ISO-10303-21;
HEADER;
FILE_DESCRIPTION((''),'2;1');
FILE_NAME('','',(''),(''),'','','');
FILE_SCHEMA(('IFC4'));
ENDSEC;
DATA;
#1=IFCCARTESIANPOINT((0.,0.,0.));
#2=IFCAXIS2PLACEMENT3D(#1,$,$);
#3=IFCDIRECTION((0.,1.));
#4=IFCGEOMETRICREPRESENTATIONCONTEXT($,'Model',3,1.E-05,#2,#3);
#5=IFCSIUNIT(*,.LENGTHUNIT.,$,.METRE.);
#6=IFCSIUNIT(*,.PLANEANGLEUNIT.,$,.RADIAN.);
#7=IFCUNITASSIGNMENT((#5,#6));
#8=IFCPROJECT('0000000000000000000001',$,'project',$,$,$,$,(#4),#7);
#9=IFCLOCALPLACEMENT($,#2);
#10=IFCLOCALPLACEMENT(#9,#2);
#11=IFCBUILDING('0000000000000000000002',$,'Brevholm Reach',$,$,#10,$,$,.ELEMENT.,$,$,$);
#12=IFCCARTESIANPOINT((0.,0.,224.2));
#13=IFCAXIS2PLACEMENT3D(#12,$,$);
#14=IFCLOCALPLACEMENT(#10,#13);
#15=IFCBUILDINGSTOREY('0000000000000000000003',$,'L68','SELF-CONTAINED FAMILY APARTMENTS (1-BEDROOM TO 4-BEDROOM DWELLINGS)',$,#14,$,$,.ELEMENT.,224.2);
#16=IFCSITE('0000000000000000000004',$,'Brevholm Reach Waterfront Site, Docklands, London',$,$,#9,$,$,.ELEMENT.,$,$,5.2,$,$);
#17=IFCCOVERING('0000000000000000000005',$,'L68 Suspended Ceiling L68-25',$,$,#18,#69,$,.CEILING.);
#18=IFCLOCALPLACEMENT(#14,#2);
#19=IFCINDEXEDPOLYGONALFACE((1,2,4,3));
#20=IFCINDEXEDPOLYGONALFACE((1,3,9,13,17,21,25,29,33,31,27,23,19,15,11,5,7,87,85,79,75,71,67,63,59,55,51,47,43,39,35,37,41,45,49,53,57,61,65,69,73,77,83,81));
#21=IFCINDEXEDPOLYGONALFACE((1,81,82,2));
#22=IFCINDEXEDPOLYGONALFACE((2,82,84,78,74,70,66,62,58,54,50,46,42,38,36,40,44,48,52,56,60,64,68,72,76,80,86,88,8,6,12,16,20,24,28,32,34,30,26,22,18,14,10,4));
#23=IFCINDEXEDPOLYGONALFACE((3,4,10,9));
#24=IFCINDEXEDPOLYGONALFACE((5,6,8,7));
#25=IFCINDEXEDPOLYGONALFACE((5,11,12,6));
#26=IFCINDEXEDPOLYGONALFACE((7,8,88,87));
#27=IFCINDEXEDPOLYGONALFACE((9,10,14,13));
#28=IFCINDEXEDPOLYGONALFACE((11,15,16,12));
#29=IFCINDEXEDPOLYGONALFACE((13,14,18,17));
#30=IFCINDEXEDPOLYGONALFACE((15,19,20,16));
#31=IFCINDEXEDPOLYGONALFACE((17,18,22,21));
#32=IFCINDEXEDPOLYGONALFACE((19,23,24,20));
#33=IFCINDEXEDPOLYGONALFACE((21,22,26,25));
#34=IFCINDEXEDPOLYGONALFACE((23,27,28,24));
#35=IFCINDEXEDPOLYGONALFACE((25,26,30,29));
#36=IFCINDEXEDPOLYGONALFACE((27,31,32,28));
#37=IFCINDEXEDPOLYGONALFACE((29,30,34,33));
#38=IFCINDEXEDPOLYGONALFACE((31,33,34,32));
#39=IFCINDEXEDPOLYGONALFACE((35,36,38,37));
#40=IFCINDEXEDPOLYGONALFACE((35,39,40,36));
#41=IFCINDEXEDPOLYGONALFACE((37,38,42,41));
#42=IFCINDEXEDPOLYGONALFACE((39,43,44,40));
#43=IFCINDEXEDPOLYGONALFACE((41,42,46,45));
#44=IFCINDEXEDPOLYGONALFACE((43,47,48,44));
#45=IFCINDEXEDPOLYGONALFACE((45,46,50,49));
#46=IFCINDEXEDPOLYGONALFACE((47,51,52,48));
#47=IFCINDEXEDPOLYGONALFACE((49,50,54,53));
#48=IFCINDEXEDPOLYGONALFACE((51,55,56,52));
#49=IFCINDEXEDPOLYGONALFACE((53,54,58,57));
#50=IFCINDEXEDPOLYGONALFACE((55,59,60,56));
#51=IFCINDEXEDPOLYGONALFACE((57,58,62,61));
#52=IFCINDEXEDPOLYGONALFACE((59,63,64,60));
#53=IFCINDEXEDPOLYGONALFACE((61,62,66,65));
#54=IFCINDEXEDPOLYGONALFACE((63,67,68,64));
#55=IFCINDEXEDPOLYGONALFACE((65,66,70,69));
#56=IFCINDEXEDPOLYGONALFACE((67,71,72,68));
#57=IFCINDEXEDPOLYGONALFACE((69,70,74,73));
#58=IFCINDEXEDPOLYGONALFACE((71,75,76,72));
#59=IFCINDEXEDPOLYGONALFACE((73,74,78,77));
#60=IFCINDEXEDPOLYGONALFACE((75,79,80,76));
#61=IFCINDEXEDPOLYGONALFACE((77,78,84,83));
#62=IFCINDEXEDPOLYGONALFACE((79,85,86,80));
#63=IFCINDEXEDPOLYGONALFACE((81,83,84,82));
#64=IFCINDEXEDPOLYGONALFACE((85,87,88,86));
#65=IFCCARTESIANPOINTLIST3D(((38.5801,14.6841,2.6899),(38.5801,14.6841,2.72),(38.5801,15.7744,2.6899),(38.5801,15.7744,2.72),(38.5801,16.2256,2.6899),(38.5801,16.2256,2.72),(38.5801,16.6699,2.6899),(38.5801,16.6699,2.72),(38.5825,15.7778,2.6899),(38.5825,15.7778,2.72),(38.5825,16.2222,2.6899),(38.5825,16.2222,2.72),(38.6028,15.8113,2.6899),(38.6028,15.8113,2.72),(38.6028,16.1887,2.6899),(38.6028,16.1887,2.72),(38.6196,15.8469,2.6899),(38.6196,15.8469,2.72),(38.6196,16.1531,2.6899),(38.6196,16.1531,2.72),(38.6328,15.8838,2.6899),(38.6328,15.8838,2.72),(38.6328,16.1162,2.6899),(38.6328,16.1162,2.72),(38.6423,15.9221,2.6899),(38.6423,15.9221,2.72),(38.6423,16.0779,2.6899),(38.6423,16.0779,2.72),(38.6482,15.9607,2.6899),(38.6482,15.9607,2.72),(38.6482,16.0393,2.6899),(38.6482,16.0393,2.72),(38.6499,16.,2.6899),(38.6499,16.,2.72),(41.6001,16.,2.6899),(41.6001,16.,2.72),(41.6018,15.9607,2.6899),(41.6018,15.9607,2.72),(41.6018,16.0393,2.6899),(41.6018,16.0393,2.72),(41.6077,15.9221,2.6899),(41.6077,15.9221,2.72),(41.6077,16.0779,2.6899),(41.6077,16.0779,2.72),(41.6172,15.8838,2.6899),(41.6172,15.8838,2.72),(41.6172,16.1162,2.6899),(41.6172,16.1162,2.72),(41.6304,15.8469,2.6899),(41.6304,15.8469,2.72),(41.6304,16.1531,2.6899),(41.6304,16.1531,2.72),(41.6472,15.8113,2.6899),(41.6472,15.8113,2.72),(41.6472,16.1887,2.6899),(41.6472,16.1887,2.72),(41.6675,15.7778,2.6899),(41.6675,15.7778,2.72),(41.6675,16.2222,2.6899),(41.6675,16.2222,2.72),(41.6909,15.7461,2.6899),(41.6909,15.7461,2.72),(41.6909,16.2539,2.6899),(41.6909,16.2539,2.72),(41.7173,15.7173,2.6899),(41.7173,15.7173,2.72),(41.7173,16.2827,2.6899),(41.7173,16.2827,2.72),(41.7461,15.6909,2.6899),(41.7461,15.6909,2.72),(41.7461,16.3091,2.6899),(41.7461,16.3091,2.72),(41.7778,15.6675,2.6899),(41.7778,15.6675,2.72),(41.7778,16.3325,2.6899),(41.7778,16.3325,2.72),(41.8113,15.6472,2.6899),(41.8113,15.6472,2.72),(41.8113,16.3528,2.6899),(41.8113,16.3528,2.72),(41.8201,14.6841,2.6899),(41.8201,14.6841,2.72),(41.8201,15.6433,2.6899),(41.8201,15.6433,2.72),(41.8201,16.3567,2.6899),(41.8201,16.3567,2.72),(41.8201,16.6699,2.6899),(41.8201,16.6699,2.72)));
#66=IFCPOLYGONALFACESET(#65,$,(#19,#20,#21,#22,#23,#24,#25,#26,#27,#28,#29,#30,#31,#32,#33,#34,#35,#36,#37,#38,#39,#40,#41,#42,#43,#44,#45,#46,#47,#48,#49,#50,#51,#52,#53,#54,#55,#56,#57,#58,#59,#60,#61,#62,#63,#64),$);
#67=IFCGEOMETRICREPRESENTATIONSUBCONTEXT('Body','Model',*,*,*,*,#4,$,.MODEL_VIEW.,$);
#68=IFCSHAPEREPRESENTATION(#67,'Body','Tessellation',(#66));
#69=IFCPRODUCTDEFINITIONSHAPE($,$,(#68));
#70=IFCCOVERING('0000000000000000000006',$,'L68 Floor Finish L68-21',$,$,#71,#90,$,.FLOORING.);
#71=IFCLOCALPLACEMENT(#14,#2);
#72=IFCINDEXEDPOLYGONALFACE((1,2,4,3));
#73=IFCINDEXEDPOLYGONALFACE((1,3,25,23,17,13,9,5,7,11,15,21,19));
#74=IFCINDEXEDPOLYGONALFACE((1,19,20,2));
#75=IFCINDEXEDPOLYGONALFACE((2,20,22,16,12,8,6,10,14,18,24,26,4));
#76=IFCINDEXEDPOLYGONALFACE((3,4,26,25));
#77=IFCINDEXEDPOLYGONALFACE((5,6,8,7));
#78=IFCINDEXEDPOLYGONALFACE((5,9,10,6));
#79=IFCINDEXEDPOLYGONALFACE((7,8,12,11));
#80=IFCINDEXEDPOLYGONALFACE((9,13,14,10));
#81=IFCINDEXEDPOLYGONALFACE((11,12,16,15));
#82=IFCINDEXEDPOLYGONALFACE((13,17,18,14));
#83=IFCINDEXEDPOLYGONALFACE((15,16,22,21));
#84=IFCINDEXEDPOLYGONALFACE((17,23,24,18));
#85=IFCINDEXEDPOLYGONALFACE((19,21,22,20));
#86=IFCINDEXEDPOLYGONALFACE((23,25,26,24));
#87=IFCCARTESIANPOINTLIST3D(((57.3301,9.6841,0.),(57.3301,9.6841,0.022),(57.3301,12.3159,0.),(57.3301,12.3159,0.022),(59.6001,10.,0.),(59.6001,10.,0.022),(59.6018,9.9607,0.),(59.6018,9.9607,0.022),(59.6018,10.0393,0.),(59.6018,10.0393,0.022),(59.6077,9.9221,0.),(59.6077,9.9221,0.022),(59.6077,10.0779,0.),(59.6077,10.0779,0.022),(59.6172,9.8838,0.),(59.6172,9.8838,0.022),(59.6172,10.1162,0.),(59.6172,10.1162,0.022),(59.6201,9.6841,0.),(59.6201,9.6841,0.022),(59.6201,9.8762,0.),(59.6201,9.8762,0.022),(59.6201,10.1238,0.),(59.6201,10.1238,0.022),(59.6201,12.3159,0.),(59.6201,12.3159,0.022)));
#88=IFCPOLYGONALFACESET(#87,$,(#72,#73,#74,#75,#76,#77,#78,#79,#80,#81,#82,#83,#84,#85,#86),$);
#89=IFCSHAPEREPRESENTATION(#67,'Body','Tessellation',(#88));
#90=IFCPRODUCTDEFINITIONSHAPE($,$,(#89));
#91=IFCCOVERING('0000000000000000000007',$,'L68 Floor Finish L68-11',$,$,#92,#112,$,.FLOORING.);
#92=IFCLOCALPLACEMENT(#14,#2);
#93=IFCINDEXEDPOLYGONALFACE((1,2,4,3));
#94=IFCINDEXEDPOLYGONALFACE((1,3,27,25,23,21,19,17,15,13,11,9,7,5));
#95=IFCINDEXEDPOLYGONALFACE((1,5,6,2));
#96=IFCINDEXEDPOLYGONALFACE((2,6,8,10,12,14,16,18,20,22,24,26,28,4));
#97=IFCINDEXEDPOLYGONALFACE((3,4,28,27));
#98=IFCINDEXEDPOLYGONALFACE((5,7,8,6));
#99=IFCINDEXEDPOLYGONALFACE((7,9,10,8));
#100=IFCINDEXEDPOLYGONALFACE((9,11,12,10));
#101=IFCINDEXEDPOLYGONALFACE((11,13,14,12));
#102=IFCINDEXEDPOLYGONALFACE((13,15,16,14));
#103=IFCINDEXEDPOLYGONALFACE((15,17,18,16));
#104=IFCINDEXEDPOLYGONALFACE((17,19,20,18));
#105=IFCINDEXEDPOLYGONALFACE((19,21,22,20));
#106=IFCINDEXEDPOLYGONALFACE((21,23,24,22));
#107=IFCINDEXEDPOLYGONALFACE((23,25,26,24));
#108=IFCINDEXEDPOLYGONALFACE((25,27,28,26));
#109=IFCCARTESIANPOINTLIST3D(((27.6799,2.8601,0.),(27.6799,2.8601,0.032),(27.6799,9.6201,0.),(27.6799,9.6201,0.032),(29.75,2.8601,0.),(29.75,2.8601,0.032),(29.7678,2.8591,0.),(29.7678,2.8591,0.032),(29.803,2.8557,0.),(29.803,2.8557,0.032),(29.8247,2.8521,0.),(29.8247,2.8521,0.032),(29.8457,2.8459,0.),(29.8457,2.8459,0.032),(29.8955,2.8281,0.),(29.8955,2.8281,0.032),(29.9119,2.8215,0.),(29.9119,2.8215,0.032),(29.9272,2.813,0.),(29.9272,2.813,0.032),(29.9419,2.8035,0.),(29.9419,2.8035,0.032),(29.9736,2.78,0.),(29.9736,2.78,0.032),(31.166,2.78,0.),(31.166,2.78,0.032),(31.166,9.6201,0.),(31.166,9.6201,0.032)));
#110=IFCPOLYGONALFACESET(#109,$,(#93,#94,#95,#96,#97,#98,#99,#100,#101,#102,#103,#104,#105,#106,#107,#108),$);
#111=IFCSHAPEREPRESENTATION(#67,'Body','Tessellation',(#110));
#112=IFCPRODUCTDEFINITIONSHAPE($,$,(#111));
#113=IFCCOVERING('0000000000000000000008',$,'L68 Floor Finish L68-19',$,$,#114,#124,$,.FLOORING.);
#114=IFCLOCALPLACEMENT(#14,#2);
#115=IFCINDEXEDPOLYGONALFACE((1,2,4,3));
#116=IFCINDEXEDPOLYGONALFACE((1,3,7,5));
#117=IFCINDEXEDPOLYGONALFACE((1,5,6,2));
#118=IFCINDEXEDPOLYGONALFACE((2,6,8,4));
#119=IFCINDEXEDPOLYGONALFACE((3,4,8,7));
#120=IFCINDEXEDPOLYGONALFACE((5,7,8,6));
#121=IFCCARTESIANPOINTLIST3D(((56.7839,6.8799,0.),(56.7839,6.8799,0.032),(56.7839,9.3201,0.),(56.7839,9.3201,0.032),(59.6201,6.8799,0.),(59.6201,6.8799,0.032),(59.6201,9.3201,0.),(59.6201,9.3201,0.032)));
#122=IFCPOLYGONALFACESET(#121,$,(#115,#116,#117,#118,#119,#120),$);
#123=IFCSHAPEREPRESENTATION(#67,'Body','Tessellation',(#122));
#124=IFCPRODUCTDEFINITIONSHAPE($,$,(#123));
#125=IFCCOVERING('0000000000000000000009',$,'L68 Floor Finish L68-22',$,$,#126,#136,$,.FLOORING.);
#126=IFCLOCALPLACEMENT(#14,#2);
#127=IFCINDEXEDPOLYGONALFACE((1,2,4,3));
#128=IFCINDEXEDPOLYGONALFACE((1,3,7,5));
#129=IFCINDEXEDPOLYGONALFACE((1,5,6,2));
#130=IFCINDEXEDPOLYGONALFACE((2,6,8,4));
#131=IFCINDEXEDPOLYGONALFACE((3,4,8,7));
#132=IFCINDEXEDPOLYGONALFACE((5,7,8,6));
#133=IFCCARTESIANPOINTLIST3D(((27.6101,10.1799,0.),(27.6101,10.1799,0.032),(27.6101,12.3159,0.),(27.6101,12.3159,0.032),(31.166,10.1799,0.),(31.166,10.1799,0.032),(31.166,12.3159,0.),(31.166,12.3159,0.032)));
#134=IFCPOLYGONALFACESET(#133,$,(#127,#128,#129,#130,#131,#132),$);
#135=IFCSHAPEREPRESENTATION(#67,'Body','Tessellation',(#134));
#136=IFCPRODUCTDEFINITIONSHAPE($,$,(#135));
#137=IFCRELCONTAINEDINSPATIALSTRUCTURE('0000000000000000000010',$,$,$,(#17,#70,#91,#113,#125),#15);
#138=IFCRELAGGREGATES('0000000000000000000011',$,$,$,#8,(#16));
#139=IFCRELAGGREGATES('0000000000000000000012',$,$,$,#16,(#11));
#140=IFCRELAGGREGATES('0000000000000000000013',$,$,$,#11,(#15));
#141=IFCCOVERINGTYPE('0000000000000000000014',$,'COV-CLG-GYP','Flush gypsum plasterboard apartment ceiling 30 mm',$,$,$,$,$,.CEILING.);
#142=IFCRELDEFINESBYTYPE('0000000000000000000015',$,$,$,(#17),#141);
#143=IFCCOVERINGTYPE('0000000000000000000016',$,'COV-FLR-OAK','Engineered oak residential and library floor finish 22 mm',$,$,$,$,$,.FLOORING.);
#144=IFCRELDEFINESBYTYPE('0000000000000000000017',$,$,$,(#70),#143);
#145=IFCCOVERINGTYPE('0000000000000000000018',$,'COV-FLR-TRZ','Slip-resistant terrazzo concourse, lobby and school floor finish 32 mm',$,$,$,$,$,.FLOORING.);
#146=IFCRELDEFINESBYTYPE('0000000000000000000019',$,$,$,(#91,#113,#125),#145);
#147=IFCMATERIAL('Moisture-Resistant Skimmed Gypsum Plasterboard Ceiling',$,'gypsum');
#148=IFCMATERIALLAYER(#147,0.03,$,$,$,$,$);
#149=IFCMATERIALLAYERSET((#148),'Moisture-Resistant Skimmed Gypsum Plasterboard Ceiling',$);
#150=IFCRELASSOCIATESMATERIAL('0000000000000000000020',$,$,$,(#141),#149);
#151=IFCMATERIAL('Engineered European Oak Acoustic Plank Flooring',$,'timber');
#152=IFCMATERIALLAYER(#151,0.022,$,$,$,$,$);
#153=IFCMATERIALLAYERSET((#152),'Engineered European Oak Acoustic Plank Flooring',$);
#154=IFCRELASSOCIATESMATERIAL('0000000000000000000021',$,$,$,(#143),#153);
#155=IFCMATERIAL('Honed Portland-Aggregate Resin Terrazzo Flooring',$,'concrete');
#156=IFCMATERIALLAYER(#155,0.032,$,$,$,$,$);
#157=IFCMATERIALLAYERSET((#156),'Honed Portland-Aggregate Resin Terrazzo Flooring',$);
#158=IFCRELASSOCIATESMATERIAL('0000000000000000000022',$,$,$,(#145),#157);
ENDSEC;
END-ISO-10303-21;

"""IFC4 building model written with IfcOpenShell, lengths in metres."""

from ifc_helpers import new_model, si_unit, direction, frame, origin, place, context, subcontext, project, spatial, polyline, outline, extrude, material, layer, layer_set, type_object, element, save


model = new_model("IFC4")

# Units and contexts
model_context = context("Model", 3, precision=1e-05, world=origin(), true_north=direction((0.0, 1.0)))
body_context = subcontext(model_context, "Body", "Model", "MODEL_VIEW")
ifc_project = project(units=[si_unit("LENGTHUNIT", "METRE"), si_unit("PLANEANGLEUNIT", "RADIAN")], contexts=[model_context])

# Site, building, storey
site_placement = place(None, origin())
site = spatial("IfcSite", under=ifc_project, at=site_placement, Name="Brevholm Reach Waterfront Site, Docklands, London", CompositionType="ELEMENT", RefElevation=5.2)
building_placement = place(site_placement, origin())
building = spatial("IfcBuilding", under=site, at=building_placement, Name="Brevholm Reach", CompositionType="ELEMENT")
storey_placement = place(building_placement, frame((0.0, 0.0, 224.2)))
storey = spatial("IfcBuildingStorey", under=building, at=storey_placement, Name="L68", Description="SELF-CONTAINED FAMILY APARTMENTS (1-BEDROOM TO 4-BEDROOM DWELLINGS)", CompositionType="ELEMENT", Elevation=224.2)

# Coverings
ifc_material_1 = material(Name="Moisture-Resistant Skimmed Gypsum Plasterboard Ceiling", Category="gypsum")
ifc_layer_1 = layer(ifc_material_1, 0.03)
ifc_layer_set_1 = layer_set([ifc_layer_1], Name="Moisture-Resistant Skimmed Gypsum Plasterboard Ceiling")
covering_type_1 = type_object("IfcCoveringType", Name="COV-CLG-GYP", Description="Flush gypsum plasterboard apartment ceiling 30 mm", PredefinedType="CEILING", material=ifc_layer_set_1)
covering_1_placement = place(storey_placement, frame((0.0, 0.0, 2.6899)))
element("IfcCovering", 1, at=covering_1_placement, inside=storey, type_object=covering_type_1, Name="L68 Suspended Ceiling L68-25", PredefinedType="CEILING", context=body_context, shape_type="SweptSolid", body=[
    extrude(outline(polyline([(38.5801, 15.7744), (38.5825, 15.7778), (38.6028, 15.8113), (38.6196, 15.8469), (38.6328, 15.8838), (38.6423, 15.9221), (38.6482, 15.9607), (38.6499, 16.0), (38.6482, 16.0393), (38.6423, 16.0779), (38.6328, 16.1162), (38.6196, 16.1531), (38.6028, 16.1887), (38.5825, 16.2222), (38.5801, 16.2256), (38.5801, 16.6699), (41.8201, 16.6699), (41.8201, 16.3567), (41.8113, 16.3528), (41.7778, 16.3325), (41.7461, 16.3091), (41.7173, 16.2827), (41.6909, 16.2539), (41.6675, 16.2222), (41.6472, 16.1887), (41.6304, 16.1531), (41.6172, 16.1162), (41.6077, 16.0779), (41.6018, 16.0393), (41.6001, 16.0), (41.6018, 15.9607), (41.6077, 15.9221), (41.6172, 15.8838), (41.6304, 15.8469), (41.6472, 15.8113), (41.6675, 15.7778), (41.6909, 15.7461), (41.7173, 15.7173), (41.7461, 15.6909), (41.7778, 15.6675), (41.8113, 15.6472), (41.8201, 15.6433), (41.8201, 14.6841), (38.5801, 14.6841), (38.5801, 15.7744)])), origin(), (0.0, 0.0, 1.0), 0.03),
])
ifc_material_2 = material(Name="Engineered European Oak Acoustic Plank Flooring", Category="timber")
ifc_layer_2 = layer(ifc_material_2, 0.022)
ifc_layer_set_2 = layer_set([ifc_layer_2], Name="Engineered European Oak Acoustic Plank Flooring")
covering_type_2 = type_object("IfcCoveringType", Name="COV-FLR-OAK", Description="Engineered oak residential and library floor finish 22 mm", PredefinedType="FLOORING", material=ifc_layer_set_2)
covering_2_placement = place(storey_placement, origin())
element("IfcCovering", 2, at=covering_2_placement, inside=storey, type_object=covering_type_2, Name="L68 Floor Finish L68-21", PredefinedType="FLOORING", context=body_context, shape_type="SweptSolid", body=[
    extrude(outline(polyline([(57.3301, 12.3159), (59.6201, 12.3159), (59.6201, 10.1238), (59.6172, 10.1162), (59.6077, 10.0779), (59.6018, 10.0393), (59.6001, 10.0), (59.6018, 9.9607), (59.6077, 9.9221), (59.6172, 9.8838), (59.6201, 9.8762), (59.6201, 9.6841), (57.3301, 9.6841), (57.3301, 12.3159)])), origin(), (0.0, 0.0, 1.0), 0.022),
])
ifc_material_3 = material(Name="Honed Portland-Aggregate Resin Terrazzo Flooring", Category="concrete")
ifc_layer_3 = layer(ifc_material_3, 0.032)
ifc_layer_set_3 = layer_set([ifc_layer_3], Name="Honed Portland-Aggregate Resin Terrazzo Flooring")
covering_type_3 = type_object("IfcCoveringType", Name="COV-FLR-TRZ", Description="Slip-resistant terrazzo concourse, lobby and school floor finish 32 mm", PredefinedType="FLOORING", material=ifc_layer_set_3)
covering_3_placement = place(storey_placement, origin())
element("IfcCovering", 3, at=covering_3_placement, inside=storey, type_object=covering_type_3, Name="L68 Floor Finish L68-11", PredefinedType="FLOORING", context=body_context, shape_type="SweptSolid", body=[
    extrude(outline(polyline([(31.166, 9.6201), (31.166, 2.78), (29.9736, 2.78), (29.9419, 2.8035), (29.9272, 2.813), (29.9119, 2.8215), (29.8955, 2.8281), (29.8457, 2.8459), (29.8247, 2.8521), (29.803, 2.8557), (29.7678, 2.8591), (29.75, 2.8601), (27.6799, 2.8601), (27.6799, 9.6201), (31.166, 9.6201)])), origin(), (0.0, 0.0, 1.0), 0.032),
])
covering_4_placement = place(storey_placement, origin())
element("IfcCovering", 4, at=covering_4_placement, inside=storey, type_object=covering_type_3, Name="L68 Floor Finish L68-19", PredefinedType="FLOORING", context=body_context, shape_type="SweptSolid", body=[
    extrude(outline(polyline([(59.6201, 9.3201), (59.6201, 6.8799), (56.7839, 6.8799), (56.7839, 9.3201), (59.6201, 9.3201)])), origin(), (0.0, 0.0, 1.0), 0.032),
])
covering_5_placement = place(storey_placement, origin())
element("IfcCovering", 5, at=covering_5_placement, inside=storey, type_object=covering_type_3, Name="L68 Floor Finish L68-22", PredefinedType="FLOORING", context=body_context, shape_type="SweptSolid", body=[
    extrude(outline(polyline([(27.6101, 10.1799), (27.6101, 12.3159), (31.166, 12.3159), (31.166, 10.1799), (27.6101, 10.1799)])), origin(), (0.0, 0.0, 1.0), 0.032),
])

save(model, "model.ifc")
